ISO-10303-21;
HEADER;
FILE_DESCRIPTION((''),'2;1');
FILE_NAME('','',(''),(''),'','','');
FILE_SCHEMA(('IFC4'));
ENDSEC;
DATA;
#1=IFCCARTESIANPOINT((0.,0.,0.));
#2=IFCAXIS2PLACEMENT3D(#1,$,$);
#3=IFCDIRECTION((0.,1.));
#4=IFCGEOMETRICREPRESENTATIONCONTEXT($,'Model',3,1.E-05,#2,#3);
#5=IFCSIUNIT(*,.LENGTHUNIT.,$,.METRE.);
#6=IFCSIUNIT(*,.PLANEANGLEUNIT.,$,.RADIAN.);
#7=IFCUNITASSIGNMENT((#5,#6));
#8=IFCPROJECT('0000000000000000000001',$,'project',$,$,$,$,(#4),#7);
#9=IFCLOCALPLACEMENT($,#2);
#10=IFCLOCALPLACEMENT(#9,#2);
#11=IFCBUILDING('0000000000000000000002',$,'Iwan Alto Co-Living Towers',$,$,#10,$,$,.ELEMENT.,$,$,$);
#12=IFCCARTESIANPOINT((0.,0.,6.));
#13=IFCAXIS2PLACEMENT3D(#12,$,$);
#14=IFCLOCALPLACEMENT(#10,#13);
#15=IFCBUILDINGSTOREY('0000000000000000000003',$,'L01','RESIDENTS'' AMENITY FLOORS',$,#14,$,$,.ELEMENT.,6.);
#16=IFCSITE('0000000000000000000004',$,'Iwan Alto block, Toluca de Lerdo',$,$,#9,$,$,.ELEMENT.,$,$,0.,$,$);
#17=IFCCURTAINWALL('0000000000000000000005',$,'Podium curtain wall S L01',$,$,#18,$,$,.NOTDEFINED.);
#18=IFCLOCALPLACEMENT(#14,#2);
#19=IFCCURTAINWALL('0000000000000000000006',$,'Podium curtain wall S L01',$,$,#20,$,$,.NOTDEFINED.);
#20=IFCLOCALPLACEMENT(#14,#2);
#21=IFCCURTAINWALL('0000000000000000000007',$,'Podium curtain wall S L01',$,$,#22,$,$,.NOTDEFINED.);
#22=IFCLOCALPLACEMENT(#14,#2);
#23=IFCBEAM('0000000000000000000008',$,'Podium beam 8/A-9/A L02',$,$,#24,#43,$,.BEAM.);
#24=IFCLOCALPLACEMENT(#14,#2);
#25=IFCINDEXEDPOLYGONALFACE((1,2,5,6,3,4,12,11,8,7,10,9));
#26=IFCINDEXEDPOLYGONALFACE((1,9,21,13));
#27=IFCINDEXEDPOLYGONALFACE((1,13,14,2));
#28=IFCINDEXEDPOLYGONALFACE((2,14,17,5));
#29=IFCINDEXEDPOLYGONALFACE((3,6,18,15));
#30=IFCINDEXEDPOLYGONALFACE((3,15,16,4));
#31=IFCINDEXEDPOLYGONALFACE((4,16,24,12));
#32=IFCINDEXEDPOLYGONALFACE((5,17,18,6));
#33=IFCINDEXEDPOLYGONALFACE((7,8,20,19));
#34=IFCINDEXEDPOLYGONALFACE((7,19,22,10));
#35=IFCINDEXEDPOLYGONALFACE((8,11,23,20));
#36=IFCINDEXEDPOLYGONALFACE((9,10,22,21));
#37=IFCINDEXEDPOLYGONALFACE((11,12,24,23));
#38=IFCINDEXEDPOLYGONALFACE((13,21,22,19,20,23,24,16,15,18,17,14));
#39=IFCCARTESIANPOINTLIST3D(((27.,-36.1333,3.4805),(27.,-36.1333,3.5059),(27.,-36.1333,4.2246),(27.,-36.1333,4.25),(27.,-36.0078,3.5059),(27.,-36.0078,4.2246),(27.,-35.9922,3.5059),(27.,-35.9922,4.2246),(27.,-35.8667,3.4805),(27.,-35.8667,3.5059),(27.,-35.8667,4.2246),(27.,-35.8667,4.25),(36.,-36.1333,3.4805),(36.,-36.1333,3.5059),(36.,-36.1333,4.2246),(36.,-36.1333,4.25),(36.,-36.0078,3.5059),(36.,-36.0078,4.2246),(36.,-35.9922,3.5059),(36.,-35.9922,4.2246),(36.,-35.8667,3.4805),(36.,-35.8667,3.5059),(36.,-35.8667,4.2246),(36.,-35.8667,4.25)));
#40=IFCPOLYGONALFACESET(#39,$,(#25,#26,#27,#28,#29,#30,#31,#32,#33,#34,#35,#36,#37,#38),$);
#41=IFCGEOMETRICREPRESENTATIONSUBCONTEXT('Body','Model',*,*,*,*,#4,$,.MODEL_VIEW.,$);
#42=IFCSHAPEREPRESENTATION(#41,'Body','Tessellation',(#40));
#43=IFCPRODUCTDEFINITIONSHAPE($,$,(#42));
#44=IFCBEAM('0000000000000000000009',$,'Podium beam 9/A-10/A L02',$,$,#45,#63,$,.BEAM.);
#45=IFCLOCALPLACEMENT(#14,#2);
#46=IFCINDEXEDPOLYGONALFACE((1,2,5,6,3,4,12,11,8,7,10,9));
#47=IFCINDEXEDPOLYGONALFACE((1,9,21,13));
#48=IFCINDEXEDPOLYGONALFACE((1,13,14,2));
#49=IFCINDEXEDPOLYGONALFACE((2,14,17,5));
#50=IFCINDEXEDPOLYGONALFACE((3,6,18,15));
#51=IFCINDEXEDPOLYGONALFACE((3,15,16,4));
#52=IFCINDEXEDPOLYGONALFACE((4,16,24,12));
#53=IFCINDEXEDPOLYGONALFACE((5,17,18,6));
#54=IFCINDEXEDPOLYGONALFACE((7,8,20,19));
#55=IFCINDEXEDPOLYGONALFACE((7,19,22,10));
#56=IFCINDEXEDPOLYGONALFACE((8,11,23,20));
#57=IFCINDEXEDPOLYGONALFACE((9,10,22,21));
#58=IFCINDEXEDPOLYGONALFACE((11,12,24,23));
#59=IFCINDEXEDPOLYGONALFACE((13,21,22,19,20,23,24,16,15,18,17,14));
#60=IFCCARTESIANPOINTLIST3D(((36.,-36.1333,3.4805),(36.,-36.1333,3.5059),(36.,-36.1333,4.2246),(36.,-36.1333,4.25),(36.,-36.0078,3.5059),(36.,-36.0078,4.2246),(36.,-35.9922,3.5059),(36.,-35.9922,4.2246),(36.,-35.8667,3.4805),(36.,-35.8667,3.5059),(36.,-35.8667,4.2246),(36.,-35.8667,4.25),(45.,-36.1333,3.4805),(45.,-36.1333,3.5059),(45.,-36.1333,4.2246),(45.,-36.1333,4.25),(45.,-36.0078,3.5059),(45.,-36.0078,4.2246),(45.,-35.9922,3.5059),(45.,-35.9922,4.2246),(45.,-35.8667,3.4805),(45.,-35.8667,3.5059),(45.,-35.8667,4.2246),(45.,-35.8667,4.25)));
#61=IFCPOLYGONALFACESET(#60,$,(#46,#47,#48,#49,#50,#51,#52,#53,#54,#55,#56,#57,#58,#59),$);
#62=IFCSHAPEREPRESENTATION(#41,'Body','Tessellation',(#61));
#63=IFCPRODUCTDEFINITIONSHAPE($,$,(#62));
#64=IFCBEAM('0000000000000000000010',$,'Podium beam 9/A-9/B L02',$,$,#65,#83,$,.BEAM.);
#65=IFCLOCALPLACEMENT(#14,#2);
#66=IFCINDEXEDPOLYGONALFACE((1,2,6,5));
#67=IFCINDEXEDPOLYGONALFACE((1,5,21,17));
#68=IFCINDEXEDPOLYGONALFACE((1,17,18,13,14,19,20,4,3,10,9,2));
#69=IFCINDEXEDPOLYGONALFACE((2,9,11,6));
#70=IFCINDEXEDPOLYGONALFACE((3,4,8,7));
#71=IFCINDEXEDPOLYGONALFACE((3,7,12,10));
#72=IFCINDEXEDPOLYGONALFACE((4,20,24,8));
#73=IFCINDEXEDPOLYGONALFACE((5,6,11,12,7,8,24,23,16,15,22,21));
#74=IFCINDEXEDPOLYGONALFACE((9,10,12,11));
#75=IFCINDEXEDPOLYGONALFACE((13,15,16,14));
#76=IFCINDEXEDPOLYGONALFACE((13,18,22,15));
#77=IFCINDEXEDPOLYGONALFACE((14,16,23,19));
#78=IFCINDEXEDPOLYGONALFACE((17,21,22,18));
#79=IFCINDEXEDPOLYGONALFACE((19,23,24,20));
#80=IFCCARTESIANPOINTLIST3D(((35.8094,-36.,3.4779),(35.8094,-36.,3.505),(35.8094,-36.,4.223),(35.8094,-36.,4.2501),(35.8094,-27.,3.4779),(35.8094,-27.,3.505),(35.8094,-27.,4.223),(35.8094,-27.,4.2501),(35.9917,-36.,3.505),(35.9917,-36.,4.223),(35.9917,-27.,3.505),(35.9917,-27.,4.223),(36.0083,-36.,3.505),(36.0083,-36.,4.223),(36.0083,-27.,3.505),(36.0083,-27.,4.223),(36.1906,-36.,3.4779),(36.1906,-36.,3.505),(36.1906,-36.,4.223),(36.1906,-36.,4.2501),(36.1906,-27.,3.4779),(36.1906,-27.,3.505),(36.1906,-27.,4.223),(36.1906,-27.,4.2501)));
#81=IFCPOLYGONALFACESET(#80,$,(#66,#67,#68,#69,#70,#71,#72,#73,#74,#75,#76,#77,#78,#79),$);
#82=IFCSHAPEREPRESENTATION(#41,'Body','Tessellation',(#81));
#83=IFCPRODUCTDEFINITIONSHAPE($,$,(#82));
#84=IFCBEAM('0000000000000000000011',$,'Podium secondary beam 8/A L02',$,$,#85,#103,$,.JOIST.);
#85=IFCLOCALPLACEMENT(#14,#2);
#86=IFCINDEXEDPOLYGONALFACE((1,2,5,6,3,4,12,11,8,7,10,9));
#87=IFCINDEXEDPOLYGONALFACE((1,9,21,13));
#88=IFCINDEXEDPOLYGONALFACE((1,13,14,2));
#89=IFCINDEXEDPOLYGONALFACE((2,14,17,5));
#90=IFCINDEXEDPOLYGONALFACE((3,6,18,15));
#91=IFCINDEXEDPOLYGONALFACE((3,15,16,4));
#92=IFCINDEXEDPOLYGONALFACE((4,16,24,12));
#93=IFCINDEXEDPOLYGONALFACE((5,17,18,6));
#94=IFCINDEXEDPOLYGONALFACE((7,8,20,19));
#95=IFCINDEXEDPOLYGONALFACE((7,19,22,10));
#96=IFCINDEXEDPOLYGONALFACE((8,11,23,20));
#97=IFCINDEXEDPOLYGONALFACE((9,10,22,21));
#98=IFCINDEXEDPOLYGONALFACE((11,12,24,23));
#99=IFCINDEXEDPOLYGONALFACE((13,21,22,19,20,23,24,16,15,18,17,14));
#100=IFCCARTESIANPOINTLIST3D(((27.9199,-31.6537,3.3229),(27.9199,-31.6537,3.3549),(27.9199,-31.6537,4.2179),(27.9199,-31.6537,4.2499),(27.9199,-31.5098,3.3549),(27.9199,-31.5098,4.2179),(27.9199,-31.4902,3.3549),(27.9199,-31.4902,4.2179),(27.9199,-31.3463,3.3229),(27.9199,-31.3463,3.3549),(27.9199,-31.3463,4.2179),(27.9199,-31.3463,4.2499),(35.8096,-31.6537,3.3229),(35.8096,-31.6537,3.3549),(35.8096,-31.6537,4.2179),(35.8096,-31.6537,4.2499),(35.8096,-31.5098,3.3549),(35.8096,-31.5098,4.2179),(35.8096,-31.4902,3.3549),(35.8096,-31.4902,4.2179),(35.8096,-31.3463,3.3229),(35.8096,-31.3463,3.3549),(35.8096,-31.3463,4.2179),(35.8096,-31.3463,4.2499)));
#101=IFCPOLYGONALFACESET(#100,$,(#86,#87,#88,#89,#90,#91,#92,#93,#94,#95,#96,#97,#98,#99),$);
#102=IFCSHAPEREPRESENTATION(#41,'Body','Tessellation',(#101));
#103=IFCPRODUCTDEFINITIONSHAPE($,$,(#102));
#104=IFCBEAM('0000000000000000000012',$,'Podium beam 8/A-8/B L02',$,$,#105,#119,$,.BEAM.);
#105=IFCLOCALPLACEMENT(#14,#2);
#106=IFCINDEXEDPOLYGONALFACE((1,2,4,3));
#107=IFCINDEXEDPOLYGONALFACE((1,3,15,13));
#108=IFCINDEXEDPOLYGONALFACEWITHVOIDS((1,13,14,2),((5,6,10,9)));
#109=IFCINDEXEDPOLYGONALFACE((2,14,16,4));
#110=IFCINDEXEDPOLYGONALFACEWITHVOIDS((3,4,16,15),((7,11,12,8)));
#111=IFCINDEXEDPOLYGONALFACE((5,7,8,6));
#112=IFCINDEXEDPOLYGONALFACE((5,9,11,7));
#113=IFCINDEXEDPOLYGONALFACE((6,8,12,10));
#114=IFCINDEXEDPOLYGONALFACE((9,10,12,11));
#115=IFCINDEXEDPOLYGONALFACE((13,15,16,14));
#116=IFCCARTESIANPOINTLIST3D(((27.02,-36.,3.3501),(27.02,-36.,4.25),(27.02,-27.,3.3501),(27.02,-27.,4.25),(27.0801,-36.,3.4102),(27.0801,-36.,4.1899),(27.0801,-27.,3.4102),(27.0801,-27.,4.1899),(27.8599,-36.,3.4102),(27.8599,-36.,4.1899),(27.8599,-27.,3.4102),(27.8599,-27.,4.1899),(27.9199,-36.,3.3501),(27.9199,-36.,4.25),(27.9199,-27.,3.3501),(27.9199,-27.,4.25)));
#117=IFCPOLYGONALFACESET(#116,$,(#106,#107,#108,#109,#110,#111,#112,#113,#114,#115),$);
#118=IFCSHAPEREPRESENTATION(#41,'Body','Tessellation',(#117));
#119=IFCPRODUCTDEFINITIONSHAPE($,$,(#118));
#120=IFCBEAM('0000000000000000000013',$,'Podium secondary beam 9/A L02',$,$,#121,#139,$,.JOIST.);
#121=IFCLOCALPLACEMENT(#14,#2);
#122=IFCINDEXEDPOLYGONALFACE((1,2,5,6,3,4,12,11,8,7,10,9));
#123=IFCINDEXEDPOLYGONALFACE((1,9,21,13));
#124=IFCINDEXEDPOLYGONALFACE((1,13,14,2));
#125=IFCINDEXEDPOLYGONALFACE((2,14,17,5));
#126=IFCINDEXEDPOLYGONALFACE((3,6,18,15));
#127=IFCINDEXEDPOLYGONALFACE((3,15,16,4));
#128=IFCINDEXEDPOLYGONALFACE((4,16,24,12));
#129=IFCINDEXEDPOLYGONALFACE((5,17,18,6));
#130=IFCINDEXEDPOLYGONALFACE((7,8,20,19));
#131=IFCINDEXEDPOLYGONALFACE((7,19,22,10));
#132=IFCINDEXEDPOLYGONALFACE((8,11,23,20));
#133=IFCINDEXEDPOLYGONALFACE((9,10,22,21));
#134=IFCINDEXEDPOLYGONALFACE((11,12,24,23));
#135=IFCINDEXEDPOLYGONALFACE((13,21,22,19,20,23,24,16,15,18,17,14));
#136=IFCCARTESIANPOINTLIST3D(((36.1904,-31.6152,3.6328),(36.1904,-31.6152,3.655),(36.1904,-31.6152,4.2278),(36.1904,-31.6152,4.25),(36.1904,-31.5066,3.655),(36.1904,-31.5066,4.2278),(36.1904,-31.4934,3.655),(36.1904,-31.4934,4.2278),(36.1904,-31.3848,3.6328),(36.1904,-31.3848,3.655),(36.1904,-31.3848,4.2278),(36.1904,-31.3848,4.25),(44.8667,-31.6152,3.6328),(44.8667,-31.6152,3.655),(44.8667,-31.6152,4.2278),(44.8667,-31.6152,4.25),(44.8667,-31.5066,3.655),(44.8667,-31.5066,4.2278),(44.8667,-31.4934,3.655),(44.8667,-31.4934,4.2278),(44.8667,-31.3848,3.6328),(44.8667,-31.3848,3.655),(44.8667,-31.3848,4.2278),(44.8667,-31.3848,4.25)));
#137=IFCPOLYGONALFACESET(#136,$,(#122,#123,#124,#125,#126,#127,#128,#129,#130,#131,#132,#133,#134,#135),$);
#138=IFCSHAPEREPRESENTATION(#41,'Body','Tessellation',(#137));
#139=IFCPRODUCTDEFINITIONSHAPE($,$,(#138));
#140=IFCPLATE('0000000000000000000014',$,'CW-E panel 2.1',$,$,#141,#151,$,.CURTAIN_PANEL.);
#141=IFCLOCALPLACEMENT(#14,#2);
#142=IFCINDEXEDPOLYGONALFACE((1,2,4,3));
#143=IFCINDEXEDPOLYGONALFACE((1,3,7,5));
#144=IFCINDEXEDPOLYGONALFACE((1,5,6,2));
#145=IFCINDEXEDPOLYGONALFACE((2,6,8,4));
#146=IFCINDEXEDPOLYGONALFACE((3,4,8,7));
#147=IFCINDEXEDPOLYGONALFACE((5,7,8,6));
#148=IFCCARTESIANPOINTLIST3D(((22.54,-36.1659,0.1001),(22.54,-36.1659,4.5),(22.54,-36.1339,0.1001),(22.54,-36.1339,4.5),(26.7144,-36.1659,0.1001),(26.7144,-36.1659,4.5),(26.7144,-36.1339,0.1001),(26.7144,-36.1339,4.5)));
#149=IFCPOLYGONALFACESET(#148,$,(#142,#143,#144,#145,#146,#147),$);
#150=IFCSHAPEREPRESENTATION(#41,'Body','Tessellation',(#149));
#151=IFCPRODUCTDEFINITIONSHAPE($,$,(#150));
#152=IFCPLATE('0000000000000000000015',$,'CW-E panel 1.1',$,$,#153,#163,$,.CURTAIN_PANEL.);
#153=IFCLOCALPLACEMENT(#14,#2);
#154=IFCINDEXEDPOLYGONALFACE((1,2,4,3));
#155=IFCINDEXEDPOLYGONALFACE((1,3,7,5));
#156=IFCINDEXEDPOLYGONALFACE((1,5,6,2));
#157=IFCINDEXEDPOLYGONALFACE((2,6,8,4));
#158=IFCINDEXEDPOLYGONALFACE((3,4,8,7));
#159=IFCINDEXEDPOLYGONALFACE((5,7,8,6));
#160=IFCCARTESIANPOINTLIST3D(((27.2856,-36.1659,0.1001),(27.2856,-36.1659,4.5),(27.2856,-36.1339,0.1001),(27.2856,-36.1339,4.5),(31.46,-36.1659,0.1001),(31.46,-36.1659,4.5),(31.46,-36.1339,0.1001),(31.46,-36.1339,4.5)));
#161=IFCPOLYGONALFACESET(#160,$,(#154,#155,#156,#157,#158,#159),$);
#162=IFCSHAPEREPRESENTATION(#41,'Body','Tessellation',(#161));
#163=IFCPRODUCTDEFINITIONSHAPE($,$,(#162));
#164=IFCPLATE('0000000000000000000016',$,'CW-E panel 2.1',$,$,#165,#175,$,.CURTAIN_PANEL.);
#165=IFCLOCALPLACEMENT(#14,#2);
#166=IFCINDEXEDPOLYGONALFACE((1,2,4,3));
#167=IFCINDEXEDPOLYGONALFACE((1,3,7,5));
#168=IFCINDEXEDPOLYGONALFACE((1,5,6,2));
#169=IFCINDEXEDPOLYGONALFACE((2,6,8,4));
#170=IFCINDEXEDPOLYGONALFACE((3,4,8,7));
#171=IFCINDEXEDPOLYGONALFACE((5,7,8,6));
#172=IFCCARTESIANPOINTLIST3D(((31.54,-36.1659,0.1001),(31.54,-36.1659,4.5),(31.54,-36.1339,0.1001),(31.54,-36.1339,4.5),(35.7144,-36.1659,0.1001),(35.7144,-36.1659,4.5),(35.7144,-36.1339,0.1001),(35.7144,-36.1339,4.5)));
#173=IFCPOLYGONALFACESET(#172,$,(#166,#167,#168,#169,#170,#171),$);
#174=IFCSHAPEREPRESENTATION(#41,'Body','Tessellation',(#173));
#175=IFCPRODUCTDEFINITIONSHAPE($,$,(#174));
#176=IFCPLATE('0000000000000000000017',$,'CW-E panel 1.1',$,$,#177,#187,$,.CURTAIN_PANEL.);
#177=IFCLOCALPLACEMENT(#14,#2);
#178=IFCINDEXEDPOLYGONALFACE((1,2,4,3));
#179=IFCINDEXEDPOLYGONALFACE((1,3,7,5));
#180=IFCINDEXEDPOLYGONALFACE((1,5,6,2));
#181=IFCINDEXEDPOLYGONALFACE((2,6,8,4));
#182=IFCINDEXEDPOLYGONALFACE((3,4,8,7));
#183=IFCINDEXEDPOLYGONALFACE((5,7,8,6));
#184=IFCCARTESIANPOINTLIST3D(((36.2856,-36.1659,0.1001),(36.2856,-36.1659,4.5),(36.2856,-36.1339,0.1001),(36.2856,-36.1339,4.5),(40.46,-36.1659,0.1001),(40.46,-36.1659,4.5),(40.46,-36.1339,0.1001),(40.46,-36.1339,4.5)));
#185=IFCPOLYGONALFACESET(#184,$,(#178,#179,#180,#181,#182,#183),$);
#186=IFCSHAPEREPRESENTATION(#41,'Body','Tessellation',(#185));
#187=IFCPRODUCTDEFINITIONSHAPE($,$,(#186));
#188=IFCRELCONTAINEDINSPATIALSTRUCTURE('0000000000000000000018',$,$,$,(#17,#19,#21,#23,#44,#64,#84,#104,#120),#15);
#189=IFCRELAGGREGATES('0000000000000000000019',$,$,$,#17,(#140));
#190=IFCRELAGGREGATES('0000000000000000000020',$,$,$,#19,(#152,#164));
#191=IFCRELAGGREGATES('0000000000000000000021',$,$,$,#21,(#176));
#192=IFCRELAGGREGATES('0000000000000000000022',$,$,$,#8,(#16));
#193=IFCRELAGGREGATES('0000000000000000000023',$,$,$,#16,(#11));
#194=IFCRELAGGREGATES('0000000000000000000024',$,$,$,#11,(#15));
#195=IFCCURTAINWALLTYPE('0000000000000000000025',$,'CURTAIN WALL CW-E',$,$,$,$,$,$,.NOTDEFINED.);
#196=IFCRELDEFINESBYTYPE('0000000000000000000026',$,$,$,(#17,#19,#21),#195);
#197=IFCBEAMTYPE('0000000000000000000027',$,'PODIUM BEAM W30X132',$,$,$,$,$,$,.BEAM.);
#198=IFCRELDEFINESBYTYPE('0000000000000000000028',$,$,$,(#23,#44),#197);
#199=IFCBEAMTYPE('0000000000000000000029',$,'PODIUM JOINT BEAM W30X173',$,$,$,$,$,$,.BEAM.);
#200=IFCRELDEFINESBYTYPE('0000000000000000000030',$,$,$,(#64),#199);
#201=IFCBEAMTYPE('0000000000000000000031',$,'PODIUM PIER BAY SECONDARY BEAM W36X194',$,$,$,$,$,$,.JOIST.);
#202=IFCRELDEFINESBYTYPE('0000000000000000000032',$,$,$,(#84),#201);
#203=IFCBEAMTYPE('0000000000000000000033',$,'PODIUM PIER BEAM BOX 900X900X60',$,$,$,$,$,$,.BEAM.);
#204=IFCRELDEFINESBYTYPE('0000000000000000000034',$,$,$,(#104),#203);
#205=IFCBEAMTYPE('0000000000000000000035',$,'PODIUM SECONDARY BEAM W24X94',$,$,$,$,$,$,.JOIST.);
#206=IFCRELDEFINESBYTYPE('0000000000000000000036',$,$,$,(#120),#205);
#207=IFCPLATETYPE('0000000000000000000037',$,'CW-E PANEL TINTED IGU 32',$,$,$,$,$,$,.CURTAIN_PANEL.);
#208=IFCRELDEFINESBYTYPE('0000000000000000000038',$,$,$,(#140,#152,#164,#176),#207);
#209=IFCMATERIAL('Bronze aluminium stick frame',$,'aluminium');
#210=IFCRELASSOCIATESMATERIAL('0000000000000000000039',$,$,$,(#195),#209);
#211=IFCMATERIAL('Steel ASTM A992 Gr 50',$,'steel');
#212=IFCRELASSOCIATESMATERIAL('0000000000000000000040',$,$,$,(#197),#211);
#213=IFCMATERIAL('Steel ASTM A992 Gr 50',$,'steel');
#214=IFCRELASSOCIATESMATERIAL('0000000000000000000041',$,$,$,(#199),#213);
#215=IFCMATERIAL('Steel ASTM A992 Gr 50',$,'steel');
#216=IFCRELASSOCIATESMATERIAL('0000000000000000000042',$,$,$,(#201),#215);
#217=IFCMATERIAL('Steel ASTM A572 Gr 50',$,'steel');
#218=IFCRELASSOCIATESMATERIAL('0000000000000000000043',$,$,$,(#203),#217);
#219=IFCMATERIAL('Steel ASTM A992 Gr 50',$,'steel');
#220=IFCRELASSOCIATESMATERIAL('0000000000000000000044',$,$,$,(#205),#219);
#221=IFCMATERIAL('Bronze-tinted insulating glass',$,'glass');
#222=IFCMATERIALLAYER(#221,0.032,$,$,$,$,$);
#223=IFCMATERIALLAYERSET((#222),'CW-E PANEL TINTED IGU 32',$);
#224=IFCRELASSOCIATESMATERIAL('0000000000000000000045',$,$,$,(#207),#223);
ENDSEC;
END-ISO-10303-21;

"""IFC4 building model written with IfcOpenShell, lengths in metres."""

from ifc_helpers import new_model, si_unit, direction, frame, origin, origin_2d, place, context, subcontext, project, spatial, rectangle, hollow_rectangle, i_section, extrude, material, layer, layer_set, material_profile, profile_set, type_object, element, aggregate, save


model = new_model("IFC4")

# Units and contexts
model_context = context("Model", 3, precision=1e-05, world=origin(), true_north=direction((0.0, 1.0)))
body_context = subcontext(model_context, "Body", "Model", "MODEL_VIEW")
ifc_project = project(units=[si_unit("LENGTHUNIT", "METRE"), si_unit("PLANEANGLEUNIT", "RADIAN")], contexts=[model_context])

# Site, building, storey
site_placement = place(None, origin())
site = spatial("IfcSite", under=ifc_project, at=site_placement, Name="Iwan Alto block, Toluca de Lerdo", CompositionType="ELEMENT", RefElevation=0.0)
building_placement = place(site_placement, origin())
building = spatial("IfcBuilding", under=site, at=building_placement, Name="Iwan Alto Co-Living Towers", CompositionType="ELEMENT")
storey_placement = place(building_placement, frame((0.0, 0.0, 6.0)))
storey = spatial("IfcBuildingStorey", under=building, at=storey_placement, Name="L01", Description="RESIDENTS' AMENITY FLOORS", CompositionType="ELEMENT", Elevation=6.0)

# Curtain wall
ifc_material_1 = material(Name="Bronze aluminium stick frame", Category="aluminium")
curtain_wall_type = type_object("IfcCurtainWallType", Name="CURTAIN WALL CW-E", PredefinedType="NOTDEFINED", material=ifc_material_1)
curtain_wall_1_placement = place(storey_placement, origin())
curtain_wall_1 = element("IfcCurtainWall", 1, at=curtain_wall_1_placement, inside=storey, type_object=curtain_wall_type, Name="Podium curtain wall S L01", PredefinedType="NOTDEFINED")

# Curtain walls
curtain_wall_2_placement = place(storey_placement, origin())
curtain_wall_2 = element("IfcCurtainWall", 2, at=curtain_wall_2_placement, inside=storey, type_object=curtain_wall_type, Name="Podium curtain wall S L01", PredefinedType="NOTDEFINED")
curtain_wall_3_placement = place(storey_placement, origin())
curtain_wall_3 = element("IfcCurtainWall", 3, at=curtain_wall_3_placement, inside=storey, type_object=curtain_wall_type, Name="Podium curtain wall S L01", PredefinedType="NOTDEFINED")

# Beams
ifc_material_2 = material(Name="Steel ASTM A992 Gr 50", Category="steel")
ifc_material_profile_1 = material_profile(ifc_material_2, i_section(OverallWidth=0.2666, OverallDepth=0.7695, WebThickness=0.0156, FlangeThickness=0.0254, at=origin_2d()), Name="W30X132")
ifc_profile_set_1 = profile_set([ifc_material_profile_1], Name="Steel ASTM A992 Gr 50")
beam_type_1 = type_object("IfcBeamType", Name="PODIUM BEAM W30X132", PredefinedType="BEAM", material=ifc_profile_set_1)
for number, where, z_axis, x_axis, name in (
    (4, (27.0, -36.0, 3.8652), (1.0, 0.0, 0.0), (0.0, 1.0, 0.0), "Podium beam 8/A-9/A L02"),
    (5, (36.0, -36.0, 3.8652), (1.0, 0.0, 0.0), (0.0, 1.0, 0.0), "Podium beam 9/A-10/A L02"),
):
    element("IfcBeam", number, at=place(storey_placement, frame(where, z_axis=z_axis, x_axis=x_axis)), inside=storey, type_object=beam_type_1, Name=name, PredefinedType="BEAM", context=body_context, shape_type="SweptSolid", body=[
        extrude(i_section(OverallWidth=0.2666, OverallDepth=0.7695, WebThickness=0.0156, FlangeThickness=0.0254, at=origin_2d()), origin(), (0.0, 0.0, 1.0), 9.0),
    ])
ifc_material_3 = material(Name="Steel ASTM A992 Gr 50", Category="steel")
ifc_material_profile_2 = material_profile(ifc_material_3, i_section(OverallWidth=0.3811, OverallDepth=0.7722, WebThickness=0.0166, FlangeThickness=0.0271, at=origin_2d()), Name="W30X173")
ifc_profile_set_2 = profile_set([ifc_material_profile_2], Name="Steel ASTM A992 Gr 50")
beam_type_2 = type_object("IfcBeamType", Name="PODIUM JOINT BEAM W30X173", PredefinedType="BEAM", material=ifc_profile_set_2)
beam_1_placement = place(storey_placement, frame((36.0, -36.0, 3.864), z_axis=(0.0, 1.0, 0.0), x_axis=(-1.0, 0.0, 0.0)))
element("IfcBeam", 6, at=beam_1_placement, inside=storey, type_object=beam_type_2, Name="Podium beam 9/A-9/B L02", PredefinedType="BEAM", context=body_context, shape_type="SweptSolid", body=[
    extrude(i_section(OverallWidth=0.3811, OverallDepth=0.7722, WebThickness=0.0166, FlangeThickness=0.0271, at=origin_2d()), origin(), (0.0, 0.0, 1.0), 9.0),
])
ifc_material_4 = material(Name="Steel ASTM A992 Gr 50", Category="steel")
ifc_material_profile_3 = material_profile(ifc_material_4, i_section(OverallWidth=0.3074, OverallDepth=0.927, WebThickness=0.0195, FlangeThickness=0.032, at=origin_2d()), Name="W36X194")
ifc_profile_set_3 = profile_set([ifc_material_profile_3], Name="Steel ASTM A992 Gr 50")
beam_type_3 = type_object("IfcBeamType", Name="PODIUM PIER BAY SECONDARY BEAM W36X194", PredefinedType="JOIST", material=ifc_profile_set_3)
beam_2_placement = place(storey_placement, frame((27.9199, -31.5, 3.7864), z_axis=(1.0, 0.0, 0.0), x_axis=(0.0, 1.0, 0.0)))
element("IfcBeam", 7, at=beam_2_placement, inside=storey, type_object=beam_type_3, Name="Podium secondary beam 8/A L02", PredefinedType="JOIST", context=body_context, shape_type="SweptSolid", body=[
    extrude(i_section(OverallWidth=0.3074, OverallDepth=0.927, WebThickness=0.0195, FlangeThickness=0.032, at=origin_2d()), origin(), (0.0, 0.0, 1.0), 7.8896),
])
ifc_material_5 = material(Name="Steel ASTM A572 Gr 50", Category="steel")
ifc_material_profile_4 = material_profile(ifc_material_5, hollow_rectangle(XDim=0.8999, YDim=0.8999, WallThickness=0.0601, at=origin_2d()), Name="BOX 900X900X60")
ifc_profile_set_4 = profile_set([ifc_material_profile_4], Name="Steel ASTM A572 Gr 50")
beam_type_4 = type_object("IfcBeamType", Name="PODIUM PIER BEAM BOX 900X900X60", PredefinedType="BEAM", material=ifc_profile_set_4)
beam_3_placement = place(storey_placement, frame((27.47, -36.0, 3.8), z_axis=(0.0, 1.0, 0.0), x_axis=(-1.0, 0.0, 0.0)))
element("IfcBeam", 8, at=beam_3_placement, inside=storey, type_object=beam_type_4, Name="Podium beam 8/A-8/B L02", PredefinedType="BEAM", context=body_context, shape_type="SweptSolid", body=[
    extrude(hollow_rectangle(XDim=0.8999, YDim=0.8999, WallThickness=0.0601, at=origin_2d()), origin(), (0.0, 0.0, 1.0), 9.0),
])
ifc_material_6 = material(Name="Steel ASTM A992 Gr 50", Category="steel")
ifc_material_profile_5 = material_profile(ifc_material_6, i_section(OverallWidth=0.2305, OverallDepth=0.6172, WebThickness=0.0132, FlangeThickness=0.0222, at=origin_2d()), Name="W24X94")
ifc_profile_set_5 = profile_set([ifc_material_profile_5], Name="Steel ASTM A992 Gr 50")
beam_type_5 = type_object("IfcBeamType", Name="PODIUM SECONDARY BEAM W24X94", PredefinedType="JOIST", material=ifc_profile_set_5)
beam_4_placement = place(storey_placement, frame((36.1904, -31.5, 3.9414), z_axis=(1.0, 0.0, 0.0), x_axis=(0.0, 1.0, 0.0)))
element("IfcBeam", 9, at=beam_4_placement, inside=storey, type_object=beam_type_5, Name="Podium secondary beam 9/A L02", PredefinedType="JOIST", context=body_context, shape_type="SweptSolid", body=[
    extrude(i_section(OverallWidth=0.2305, OverallDepth=0.6172, WebThickness=0.0132, FlangeThickness=0.0222, at=origin_2d()), origin(), (0.0, 0.0, 1.0), 8.6763),
])

# Plates
ifc_material_7 = material(Name="Bronze-tinted insulating glass", Category="glass")
ifc_layer_1 = layer(ifc_material_7, 0.032)
ifc_layer_set_1 = layer_set([ifc_layer_1], Name="CW-E PANEL TINTED IGU 32")
plate_type = type_object("IfcPlateType", Name="CW-E PANEL TINTED IGU 32", PredefinedType="CURTAIN_PANEL", material=ifc_layer_set_1)
plate_1_placement = place(storey_placement, frame((24.6272, -36.1499, 0.1001), z_axis=(0.0, 0.0, 1.0), x_axis=(1.0, 0.0, 0.0)))
plate_1 = element("IfcPlate", 10, at=plate_1_placement, type_object=plate_type, Name="CW-E panel 2.1", PredefinedType="CURTAIN_PANEL", context=body_context, shape_type="SweptSolid", body=[
    extrude(rectangle(XDim=4.1743, YDim=0.032, at=origin_2d()), origin(), (0.0, 0.0, 1.0), 4.3999),
])
aggregate(curtain_wall_1, [plate_1])
plate_2_placement = place(storey_placement, frame((29.3728, -36.1499, 0.1001), z_axis=(0.0, 0.0, 1.0), x_axis=(1.0, 0.0, 0.0)))
plate_2 = element("IfcPlate", 11, at=plate_2_placement, type_object=plate_type, Name="CW-E panel 1.1", PredefinedType="CURTAIN_PANEL", context=body_context, shape_type="SweptSolid", body=[
    extrude(rectangle(XDim=4.1743, YDim=0.032, at=origin_2d()), origin(), (0.0, 0.0, 1.0), 4.3999),
])
plate_3_placement = place(storey_placement, frame((33.6272, -36.1499, 0.1001), z_axis=(0.0, 0.0, 1.0), x_axis=(1.0, 0.0, 0.0)))
plate_3 = element("IfcPlate", 12, at=plate_3_placement, type_object=plate_type, Name="CW-E panel 2.1", PredefinedType="CURTAIN_PANEL", context=body_context, shape_type="SweptSolid", body=[
    extrude(rectangle(XDim=4.1743, YDim=0.032, at=origin_2d()), origin(), (0.0, 0.0, 1.0), 4.3999),
])
aggregate(curtain_wall_2, [plate_2, plate_3])
plate_4_placement = place(storey_placement, frame((38.3728, -36.1499, 0.1001), z_axis=(0.0, 0.0, 1.0), x_axis=(1.0, 0.0, 0.0)))
plate_4 = element("IfcPlate", 13, at=plate_4_placement, type_object=plate_type, Name="CW-E panel 1.1", PredefinedType="CURTAIN_PANEL", context=body_context, shape_type="SweptSolid", body=[
    extrude(rectangle(XDim=4.1743, YDim=0.032, at=origin_2d()), origin(), (0.0, 0.0, 1.0), 4.3999),
])
aggregate(curtain_wall_3, [plate_4])

save(model, "model.ifc")
